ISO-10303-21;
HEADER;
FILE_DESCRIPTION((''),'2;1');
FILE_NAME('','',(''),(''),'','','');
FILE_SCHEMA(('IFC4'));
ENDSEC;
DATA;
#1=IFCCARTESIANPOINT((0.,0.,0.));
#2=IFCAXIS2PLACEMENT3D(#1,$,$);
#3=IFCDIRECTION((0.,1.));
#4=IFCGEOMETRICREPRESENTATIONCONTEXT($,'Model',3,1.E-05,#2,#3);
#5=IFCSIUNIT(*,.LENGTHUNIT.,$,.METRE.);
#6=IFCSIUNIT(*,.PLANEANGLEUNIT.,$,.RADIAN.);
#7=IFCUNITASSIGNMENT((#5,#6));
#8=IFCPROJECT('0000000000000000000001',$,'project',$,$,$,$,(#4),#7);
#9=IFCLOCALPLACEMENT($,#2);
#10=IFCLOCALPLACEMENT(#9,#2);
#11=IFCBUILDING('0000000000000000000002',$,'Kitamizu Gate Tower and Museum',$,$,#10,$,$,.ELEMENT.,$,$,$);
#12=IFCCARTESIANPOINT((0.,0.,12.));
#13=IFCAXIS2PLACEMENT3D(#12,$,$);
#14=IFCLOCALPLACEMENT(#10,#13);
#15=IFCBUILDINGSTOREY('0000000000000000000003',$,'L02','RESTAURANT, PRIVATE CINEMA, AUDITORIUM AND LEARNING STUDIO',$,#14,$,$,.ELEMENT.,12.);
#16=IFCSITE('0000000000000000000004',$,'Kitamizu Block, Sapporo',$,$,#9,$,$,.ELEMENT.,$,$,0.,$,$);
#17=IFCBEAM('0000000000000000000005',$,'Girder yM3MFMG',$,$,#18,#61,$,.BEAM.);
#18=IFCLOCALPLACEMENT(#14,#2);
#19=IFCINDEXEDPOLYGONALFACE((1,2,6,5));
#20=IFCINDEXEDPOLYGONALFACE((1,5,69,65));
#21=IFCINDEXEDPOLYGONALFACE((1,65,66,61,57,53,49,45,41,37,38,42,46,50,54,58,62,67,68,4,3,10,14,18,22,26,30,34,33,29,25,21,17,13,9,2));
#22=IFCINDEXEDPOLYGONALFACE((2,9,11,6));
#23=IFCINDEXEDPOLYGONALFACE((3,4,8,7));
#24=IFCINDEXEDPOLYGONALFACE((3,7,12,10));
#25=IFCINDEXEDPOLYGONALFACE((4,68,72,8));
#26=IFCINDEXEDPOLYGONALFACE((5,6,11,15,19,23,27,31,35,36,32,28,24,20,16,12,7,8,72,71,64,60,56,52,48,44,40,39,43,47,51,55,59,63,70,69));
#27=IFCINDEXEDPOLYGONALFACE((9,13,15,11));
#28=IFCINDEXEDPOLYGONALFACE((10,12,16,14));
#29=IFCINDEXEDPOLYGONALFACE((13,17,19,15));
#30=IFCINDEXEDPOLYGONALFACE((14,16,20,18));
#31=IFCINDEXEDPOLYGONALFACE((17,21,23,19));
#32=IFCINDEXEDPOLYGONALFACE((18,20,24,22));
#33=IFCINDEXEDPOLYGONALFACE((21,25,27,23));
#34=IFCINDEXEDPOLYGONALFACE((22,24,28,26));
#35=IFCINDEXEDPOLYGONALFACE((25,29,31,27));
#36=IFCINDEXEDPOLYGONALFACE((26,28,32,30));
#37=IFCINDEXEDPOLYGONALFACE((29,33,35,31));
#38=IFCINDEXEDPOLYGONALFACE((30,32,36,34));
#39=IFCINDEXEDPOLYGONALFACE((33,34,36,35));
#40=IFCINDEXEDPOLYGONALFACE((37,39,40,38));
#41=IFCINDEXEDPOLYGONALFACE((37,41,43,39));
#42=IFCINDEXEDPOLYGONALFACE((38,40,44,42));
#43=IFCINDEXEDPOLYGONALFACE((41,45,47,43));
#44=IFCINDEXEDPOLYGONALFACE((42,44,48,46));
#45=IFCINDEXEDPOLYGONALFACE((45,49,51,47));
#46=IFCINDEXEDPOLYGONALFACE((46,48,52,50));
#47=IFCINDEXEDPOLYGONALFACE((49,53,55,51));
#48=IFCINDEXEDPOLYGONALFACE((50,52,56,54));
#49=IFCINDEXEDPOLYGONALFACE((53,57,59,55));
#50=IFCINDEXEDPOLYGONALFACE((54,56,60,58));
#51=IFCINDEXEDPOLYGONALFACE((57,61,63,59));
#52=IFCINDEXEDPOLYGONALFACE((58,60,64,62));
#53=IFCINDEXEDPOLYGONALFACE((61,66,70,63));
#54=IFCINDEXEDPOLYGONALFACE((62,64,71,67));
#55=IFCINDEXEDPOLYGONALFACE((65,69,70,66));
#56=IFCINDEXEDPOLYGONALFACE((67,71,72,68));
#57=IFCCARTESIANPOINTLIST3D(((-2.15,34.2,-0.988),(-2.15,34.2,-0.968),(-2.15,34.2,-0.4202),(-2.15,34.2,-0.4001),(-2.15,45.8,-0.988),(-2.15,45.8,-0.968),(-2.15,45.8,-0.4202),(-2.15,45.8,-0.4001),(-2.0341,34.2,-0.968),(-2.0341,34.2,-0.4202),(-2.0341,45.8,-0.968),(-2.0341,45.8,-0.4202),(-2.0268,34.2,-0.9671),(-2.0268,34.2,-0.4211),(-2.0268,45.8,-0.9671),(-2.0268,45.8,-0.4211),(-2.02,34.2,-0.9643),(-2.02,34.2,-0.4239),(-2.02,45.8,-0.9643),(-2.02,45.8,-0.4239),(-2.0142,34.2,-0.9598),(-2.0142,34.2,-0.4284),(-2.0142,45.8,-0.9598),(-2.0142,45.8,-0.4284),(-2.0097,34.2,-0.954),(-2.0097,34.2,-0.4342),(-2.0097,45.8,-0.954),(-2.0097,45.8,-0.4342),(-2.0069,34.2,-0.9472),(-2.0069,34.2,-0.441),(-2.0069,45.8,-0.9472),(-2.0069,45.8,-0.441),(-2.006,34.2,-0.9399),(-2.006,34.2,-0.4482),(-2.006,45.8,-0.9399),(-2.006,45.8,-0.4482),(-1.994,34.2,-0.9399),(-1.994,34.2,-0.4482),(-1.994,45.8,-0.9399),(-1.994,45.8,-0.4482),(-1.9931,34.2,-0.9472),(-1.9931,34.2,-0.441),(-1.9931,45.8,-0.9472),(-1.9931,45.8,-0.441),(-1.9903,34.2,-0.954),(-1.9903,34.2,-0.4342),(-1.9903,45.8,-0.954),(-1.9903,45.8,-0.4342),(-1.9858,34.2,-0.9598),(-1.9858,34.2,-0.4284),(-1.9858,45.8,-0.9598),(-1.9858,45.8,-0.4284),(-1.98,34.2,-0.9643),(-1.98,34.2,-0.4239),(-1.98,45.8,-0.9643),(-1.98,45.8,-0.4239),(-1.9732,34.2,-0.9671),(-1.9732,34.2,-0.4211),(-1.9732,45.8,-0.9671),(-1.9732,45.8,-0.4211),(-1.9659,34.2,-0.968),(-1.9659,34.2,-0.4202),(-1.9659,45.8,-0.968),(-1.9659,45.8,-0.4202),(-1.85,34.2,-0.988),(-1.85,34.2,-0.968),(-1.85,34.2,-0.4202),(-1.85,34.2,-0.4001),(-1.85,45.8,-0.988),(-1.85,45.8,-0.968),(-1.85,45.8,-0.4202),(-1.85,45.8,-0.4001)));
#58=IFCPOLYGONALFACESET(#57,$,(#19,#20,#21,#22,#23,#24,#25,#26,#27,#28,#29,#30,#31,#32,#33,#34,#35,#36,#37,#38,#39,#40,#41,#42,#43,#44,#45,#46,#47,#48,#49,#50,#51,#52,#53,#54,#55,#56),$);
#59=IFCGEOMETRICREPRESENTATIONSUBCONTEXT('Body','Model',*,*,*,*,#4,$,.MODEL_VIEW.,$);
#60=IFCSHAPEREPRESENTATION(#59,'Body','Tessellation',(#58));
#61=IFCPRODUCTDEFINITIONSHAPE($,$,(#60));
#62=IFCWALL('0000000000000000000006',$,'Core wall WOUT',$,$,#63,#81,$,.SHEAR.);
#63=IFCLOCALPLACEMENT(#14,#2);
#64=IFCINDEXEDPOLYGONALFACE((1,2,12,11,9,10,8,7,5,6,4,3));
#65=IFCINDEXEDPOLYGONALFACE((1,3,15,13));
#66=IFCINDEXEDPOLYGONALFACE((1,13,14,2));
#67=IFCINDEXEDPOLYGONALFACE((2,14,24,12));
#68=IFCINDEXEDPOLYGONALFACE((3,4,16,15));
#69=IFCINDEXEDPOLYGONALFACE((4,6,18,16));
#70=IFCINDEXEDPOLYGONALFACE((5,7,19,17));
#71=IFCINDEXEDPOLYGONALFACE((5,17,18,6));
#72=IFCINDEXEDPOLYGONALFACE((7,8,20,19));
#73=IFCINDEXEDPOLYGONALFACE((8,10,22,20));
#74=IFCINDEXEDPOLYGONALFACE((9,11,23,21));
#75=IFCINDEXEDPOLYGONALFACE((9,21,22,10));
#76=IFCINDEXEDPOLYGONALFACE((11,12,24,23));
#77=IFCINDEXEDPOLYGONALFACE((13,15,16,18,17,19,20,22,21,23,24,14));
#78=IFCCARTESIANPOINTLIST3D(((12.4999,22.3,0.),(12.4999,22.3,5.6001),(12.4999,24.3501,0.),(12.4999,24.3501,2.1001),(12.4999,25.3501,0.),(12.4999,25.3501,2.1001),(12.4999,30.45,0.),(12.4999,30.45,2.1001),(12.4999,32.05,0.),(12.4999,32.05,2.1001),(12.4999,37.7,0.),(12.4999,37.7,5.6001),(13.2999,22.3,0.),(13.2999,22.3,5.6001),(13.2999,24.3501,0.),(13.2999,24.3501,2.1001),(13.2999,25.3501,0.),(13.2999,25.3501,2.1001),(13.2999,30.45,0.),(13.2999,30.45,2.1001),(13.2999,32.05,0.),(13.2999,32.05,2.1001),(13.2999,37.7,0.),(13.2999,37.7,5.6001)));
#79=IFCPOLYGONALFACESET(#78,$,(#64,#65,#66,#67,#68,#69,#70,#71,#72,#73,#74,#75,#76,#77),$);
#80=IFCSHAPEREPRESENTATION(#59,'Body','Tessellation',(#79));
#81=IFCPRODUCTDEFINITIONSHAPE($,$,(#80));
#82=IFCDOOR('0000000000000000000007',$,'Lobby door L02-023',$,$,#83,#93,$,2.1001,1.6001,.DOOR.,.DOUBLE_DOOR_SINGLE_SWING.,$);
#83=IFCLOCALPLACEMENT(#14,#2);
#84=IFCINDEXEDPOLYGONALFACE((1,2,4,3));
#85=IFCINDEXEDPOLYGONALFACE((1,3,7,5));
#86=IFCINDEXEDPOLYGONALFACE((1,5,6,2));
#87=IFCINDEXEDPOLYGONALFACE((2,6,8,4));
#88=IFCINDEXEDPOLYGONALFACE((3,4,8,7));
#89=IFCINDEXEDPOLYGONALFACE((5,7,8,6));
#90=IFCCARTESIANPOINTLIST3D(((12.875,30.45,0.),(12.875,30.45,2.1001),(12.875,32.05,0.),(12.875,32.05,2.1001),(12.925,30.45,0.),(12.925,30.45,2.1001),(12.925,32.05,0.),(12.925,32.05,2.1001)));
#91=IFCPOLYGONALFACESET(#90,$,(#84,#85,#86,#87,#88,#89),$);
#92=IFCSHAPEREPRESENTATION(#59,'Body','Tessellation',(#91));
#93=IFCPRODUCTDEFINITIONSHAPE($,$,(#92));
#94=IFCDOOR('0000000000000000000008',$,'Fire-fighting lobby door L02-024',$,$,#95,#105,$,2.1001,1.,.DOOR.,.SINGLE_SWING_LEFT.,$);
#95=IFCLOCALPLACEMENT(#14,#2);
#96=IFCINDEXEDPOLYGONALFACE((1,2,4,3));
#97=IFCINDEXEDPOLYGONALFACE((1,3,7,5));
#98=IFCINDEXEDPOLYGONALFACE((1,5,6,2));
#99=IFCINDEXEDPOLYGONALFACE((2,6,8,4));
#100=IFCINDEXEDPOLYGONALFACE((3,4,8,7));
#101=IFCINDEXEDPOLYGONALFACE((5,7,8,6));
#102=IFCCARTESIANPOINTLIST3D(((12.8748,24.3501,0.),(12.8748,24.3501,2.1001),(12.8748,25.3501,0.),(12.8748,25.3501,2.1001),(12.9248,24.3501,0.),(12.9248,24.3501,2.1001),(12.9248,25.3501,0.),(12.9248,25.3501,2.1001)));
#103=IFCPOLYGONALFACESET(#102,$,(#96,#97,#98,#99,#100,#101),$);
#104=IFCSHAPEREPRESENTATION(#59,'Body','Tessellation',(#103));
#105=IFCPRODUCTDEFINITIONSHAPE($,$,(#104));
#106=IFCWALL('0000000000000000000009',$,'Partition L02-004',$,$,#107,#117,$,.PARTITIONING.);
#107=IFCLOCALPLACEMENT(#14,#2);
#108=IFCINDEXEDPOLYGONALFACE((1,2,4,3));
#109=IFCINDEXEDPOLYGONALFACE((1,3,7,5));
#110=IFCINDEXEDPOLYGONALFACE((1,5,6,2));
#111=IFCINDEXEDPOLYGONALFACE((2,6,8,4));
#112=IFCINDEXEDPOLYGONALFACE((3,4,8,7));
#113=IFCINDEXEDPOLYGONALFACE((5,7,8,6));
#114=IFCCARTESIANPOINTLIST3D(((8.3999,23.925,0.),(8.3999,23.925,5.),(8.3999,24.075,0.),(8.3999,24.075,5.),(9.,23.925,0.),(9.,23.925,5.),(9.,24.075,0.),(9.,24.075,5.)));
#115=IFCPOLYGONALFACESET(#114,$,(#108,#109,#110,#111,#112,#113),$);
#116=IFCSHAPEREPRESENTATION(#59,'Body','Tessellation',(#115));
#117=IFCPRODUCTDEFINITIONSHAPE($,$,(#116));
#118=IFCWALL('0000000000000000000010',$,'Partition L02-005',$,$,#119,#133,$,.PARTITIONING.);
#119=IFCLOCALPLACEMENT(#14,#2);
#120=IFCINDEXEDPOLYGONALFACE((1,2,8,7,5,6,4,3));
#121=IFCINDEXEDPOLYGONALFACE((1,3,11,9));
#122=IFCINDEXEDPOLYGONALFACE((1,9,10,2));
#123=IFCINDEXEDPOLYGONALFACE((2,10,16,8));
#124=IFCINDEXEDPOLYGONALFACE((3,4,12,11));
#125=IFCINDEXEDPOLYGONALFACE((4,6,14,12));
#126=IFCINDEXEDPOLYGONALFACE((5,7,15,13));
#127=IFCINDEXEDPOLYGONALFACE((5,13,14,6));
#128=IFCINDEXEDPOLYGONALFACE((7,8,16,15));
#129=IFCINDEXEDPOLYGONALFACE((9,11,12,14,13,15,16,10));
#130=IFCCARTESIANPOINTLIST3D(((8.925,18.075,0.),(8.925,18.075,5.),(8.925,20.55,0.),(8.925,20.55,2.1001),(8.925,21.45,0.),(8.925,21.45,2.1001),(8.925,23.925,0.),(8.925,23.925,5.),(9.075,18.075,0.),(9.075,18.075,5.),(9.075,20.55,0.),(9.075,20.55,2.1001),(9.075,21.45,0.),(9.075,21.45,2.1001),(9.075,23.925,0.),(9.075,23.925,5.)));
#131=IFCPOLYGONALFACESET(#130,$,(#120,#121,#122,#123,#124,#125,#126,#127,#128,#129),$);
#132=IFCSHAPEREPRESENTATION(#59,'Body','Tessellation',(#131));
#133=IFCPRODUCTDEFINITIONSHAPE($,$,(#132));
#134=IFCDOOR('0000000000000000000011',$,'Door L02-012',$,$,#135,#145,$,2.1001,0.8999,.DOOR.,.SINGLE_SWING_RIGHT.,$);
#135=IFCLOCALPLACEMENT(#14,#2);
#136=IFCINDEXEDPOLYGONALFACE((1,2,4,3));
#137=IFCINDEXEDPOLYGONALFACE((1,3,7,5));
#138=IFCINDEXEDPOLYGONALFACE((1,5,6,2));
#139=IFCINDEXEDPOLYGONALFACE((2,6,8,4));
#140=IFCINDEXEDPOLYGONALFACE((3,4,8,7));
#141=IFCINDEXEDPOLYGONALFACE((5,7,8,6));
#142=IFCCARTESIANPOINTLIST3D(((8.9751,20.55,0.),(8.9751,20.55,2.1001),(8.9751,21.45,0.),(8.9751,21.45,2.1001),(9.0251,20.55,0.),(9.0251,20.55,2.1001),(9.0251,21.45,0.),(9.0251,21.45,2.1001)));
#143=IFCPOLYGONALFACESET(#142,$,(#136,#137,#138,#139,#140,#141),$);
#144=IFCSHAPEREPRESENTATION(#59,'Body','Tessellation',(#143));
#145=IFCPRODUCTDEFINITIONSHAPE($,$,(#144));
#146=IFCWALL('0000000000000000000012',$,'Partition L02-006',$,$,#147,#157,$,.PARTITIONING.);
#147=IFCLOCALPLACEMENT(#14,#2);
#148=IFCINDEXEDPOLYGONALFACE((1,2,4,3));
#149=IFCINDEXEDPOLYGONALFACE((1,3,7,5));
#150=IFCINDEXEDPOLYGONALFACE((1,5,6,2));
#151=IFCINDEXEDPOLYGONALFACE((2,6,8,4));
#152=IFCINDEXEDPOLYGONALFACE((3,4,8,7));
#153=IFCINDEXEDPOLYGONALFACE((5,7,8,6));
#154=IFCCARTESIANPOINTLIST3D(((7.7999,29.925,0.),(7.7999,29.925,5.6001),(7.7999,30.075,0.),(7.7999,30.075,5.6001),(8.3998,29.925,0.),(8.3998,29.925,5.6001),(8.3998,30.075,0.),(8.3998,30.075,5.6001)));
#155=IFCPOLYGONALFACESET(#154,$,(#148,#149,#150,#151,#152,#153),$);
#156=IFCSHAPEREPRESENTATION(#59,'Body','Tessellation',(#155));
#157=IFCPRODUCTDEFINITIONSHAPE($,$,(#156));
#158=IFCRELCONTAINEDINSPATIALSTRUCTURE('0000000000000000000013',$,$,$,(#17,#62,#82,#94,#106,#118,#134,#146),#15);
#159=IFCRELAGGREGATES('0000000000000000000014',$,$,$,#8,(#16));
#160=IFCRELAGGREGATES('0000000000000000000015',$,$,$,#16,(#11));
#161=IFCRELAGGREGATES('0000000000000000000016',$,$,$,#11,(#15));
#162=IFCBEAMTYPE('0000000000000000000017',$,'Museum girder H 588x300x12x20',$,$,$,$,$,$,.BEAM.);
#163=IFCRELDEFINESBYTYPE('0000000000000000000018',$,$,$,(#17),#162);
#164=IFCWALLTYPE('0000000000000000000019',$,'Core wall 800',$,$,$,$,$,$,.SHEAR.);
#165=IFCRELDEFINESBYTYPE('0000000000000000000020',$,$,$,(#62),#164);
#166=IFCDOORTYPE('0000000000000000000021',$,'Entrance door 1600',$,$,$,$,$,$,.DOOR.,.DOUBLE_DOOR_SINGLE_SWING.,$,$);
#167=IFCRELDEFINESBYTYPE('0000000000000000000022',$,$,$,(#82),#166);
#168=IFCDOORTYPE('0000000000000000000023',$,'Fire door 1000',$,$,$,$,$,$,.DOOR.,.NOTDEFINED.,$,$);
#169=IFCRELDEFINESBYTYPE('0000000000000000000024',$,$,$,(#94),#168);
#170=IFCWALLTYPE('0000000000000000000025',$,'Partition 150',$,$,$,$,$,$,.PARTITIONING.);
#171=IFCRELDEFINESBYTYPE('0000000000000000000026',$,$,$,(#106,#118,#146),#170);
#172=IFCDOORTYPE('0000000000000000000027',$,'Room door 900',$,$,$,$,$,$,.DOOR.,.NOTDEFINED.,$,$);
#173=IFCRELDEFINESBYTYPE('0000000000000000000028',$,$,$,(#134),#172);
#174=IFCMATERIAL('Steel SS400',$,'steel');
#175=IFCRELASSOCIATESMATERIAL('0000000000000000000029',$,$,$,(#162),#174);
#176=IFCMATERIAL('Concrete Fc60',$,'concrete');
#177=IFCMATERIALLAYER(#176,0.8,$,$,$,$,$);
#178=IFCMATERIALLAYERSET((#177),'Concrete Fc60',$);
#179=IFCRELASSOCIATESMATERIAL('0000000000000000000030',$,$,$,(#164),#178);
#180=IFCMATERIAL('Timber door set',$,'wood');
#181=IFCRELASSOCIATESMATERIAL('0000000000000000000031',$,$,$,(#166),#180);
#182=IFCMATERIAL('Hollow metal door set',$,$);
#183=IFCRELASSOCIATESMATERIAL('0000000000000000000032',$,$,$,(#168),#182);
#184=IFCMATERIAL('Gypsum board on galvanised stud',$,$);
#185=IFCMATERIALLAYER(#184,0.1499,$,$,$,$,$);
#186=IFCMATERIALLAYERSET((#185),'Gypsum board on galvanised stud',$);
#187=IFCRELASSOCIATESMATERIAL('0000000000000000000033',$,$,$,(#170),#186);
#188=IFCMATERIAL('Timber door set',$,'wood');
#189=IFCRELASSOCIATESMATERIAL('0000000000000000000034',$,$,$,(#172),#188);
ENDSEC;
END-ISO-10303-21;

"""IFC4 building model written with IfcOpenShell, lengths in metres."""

from ifc_helpers import new_model, si_unit, direction, frame, frame_2d, origin, origin_2d, place, context, subcontext, project, spatial, rectangle, i_section, extrude, material, layer, layer_set, material_profile, profile_set, type_object, element, fill, save


model = new_model("IFC4")

# Units and contexts
model_context = context("Model", 3, precision=1e-05, world=origin(), true_north=direction((0.0, 1.0)))
body_context = subcontext(model_context, "Body", "Model", "MODEL_VIEW")
ifc_project = project(units=[si_unit("LENGTHUNIT", "METRE"), si_unit("PLANEANGLEUNIT", "RADIAN")], contexts=[model_context])

# Site, building, storey
site_placement = place(None, origin())
site = spatial("IfcSite", under=ifc_project, at=site_placement, Name="Kitamizu Block, Sapporo", CompositionType="ELEMENT", RefElevation=0.0)
building_placement = place(site_placement, origin())
building = spatial("IfcBuilding", under=site, at=building_placement, Name="Kitamizu Gate Tower and Museum", CompositionType="ELEMENT")
storey_placement = place(building_placement, frame((0.0, 0.0, 12.0)))
storey = spatial("IfcBuildingStorey", under=building, at=storey_placement, Name="L02", Description="RESTAURANT, PRIVATE CINEMA, AUDITORIUM AND LEARNING STUDIO", CompositionType="ELEMENT", Elevation=12.0)

# Beam
ifc_material_1 = material(Name="Steel SS400", Category="steel")
ifc_material_profile_1 = material_profile(ifc_material_1, i_section(OverallWidth=0.3, OverallDepth=0.5879, WebThickness=0.012, FlangeThickness=0.02, FilletRadius=0.0281, at=origin_2d()), Name="H-588x300x12x20")
ifc_profile_set_1 = profile_set([ifc_material_profile_1], Name="Steel SS400")
beam_type_1 = type_object("IfcBeamType", Name="Museum girder H 588x300x12x20", PredefinedType="BEAM", material=ifc_profile_set_1)
beam_1_placement = place(storey_placement, frame((-2.0, 34.2, -0.6941), z_axis=(0.0, 1.0, 0.0), x_axis=(-1.0, 0.0, 0.0)))
element("IfcBeam", 1, at=beam_1_placement, inside=storey, type_object=beam_type_1, Name="Girder yM3MFMG", PredefinedType="BEAM", context=body_context, shape_type="SweptSolid", body=[
    extrude(i_section(OverallWidth=0.3, OverallDepth=0.5879, WebThickness=0.012, FlangeThickness=0.02, FilletRadius=0.0281, at=origin_2d()), origin(), (0.0, 0.0, 1.0), 11.6001),
])

# Wall, openings, doors
ifc_material_2 = material(Name="Concrete Fc60", Category="concrete")
ifc_layer_1 = layer(ifc_material_2, 0.8)
ifc_layer_set_1 = layer_set([ifc_layer_1], Name="Concrete Fc60")
wall_type_1 = type_object("IfcWallType", Name="Core wall 800", PredefinedType="SHEAR", material=ifc_layer_set_1)
wall_1_placement = place(storey_placement, frame((12.8999, 22.3, 0.0), z_axis=(0.0, 0.0, 1.0), x_axis=(0.0, 1.0, 0.0)))
wall_1 = element("IfcWall", 2, at=wall_1_placement, inside=storey, type_object=wall_type_1, Name="Core wall WOUT", PredefinedType="SHEAR", context=body_context, shape_type="SweptSolid", body=[
    extrude(rectangle(XDim=15.3999, YDim=0.8, at=frame_2d((7.7, 0.0))), origin(), (0.0, 0.0, 1.0), 5.6001),
])
opening_1_placement = place(wall_1_placement, frame((8.1499, 0.0, 0.0)))
opening_1 = element("IfcOpeningElement", 3, at=opening_1_placement, cuts=wall_1, PredefinedType="OPENING", context=body_context, shape_type="SweptSolid", body=[
    extrude(rectangle(XDim=1.6001, YDim=2.1001, at=frame_2d((0.8, 1.05))), frame((0.0, 0.4102, 0.0), z_axis=(0.0, -1.0, 0.0), x_axis=(1.0, 0.0, 0.0)), (0.0, 0.0, 1.0), 0.8201),
])
opening_2_placement = place(wall_1_placement, frame((2.05, 0.0, 0.0)))
opening_2 = element("IfcOpeningElement", 4, at=opening_2_placement, cuts=wall_1, PredefinedType="OPENING", context=body_context, shape_type="SweptSolid", body=[
    extrude(rectangle(XDim=1.0, YDim=2.1001, at=frame_2d((0.5, 1.05))), frame((0.0, 0.4102, 0.0), z_axis=(0.0, -1.0, 0.0), x_axis=(1.0, 0.0, 0.0)), (0.0, 0.0, 1.0), 0.8201),
])
ifc_material_3 = material(Name="Timber door set", Category="wood")
door_type_1 = type_object("IfcDoorType", Name="Entrance door 1600", OperationType="DOUBLE_DOOR_SINGLE_SWING", PredefinedType="DOOR", material=ifc_material_3)
door_1_placement = place(opening_1_placement, origin())
door_1 = element("IfcDoor", 5, at=door_1_placement, inside=storey, type_object=door_type_1, Name="Lobby door L02-023", OperationType="DOUBLE_DOOR_SINGLE_SWING", OverallHeight=2.1001, OverallWidth=1.6001, PredefinedType="DOOR", context=body_context, shape_type="SweptSolid", body=[
    extrude(rectangle(XDim=1.6001, YDim=2.1001, at=frame_2d((0.8, 1.05))), frame((0.0, 0.0249, 0.0), z_axis=(0.0, -1.0, 0.0), x_axis=(1.0, 0.0, 0.0)), (0.0, 0.0, 1.0), 0.05),
])
fill(opening_1, door_1)
ifc_material_4 = material(Name="Hollow metal door set")
door_type_2 = type_object("IfcDoorType", Name="Fire door 1000", OperationType="NOTDEFINED", PredefinedType="DOOR", material=ifc_material_4)
door_2_placement = place(opening_2_placement, frame((1.0, 0.0, 0.0), x_axis=(-1.0, 0.0, 0.0)))
door_2 = element("IfcDoor", 6, at=door_2_placement, inside=storey, type_object=door_type_2, Name="Fire-fighting lobby door L02-024", OperationType="SINGLE_SWING_LEFT", OverallHeight=2.1001, OverallWidth=1.0, PredefinedType="DOOR", context=body_context, shape_type="SweptSolid", body=[
    extrude(rectangle(XDim=1.0, YDim=2.1001, at=frame_2d((0.5, 1.05))), frame((0.0, 0.0249, 0.0), z_axis=(0.0, -1.0, 0.0), x_axis=(1.0, 0.0, 0.0)), (0.0, 0.0, 1.0), 0.05),
])
fill(opening_2, door_2)

# Wall
ifc_material_5 = material(Name="Gypsum board on galvanised stud")
ifc_layer_2 = layer(ifc_material_5, 0.1499)
ifc_layer_set_2 = layer_set([ifc_layer_2], Name="Gypsum board on galvanised stud")
wall_type_2 = type_object("IfcWallType", Name="Partition 150", PredefinedType="PARTITIONING", material=ifc_layer_set_2)
wall_2_placement = place(storey_placement, frame((8.3999, 24.0, 0.0), z_axis=(0.0, 0.0, 1.0), x_axis=(1.0, 0.0, 0.0)))
element("IfcWall", 7, at=wall_2_placement, inside=storey, type_object=wall_type_2, Name="Partition L02-004", PredefinedType="PARTITIONING", context=body_context, shape_type="SweptSolid", body=[
    extrude(rectangle(XDim=0.6001, YDim=0.1499, at=frame_2d((0.3, 0.0))), origin(), (0.0, 0.0, 1.0), 5.0),
])

# Wall, opening, door
wall_3_placement = place(storey_placement, frame((9.0, 23.925, 0.0), z_axis=(0.0, 0.0, 1.0), x_axis=(0.0, -1.0, 0.0)))
wall_3 = element("IfcWall", 8, at=wall_3_placement, inside=storey, type_object=wall_type_2, Name="Partition L02-005", PredefinedType="PARTITIONING", context=body_context, shape_type="SweptSolid", body=[
    extrude(rectangle(XDim=5.8501, YDim=0.1499, at=frame_2d((2.925, 0.0))), origin(), (0.0, 0.0, 1.0), 5.0),
])
opening_3_placement = place(wall_3_placement, frame((2.4751, 0.0, 0.0)))
opening_3 = element("IfcOpeningElement", 9, at=opening_3_placement, cuts=wall_3, PredefinedType="OPENING", context=body_context, shape_type="SweptSolid", body=[
    extrude(rectangle(XDim=0.8999, YDim=2.1001, at=frame_2d((0.45, 1.05))), frame((0.0, 0.085, 0.0), z_axis=(0.0, -1.0, 0.0), x_axis=(1.0, 0.0, 0.0)), (0.0, 0.0, 1.0), 0.1699),
])
ifc_material_6 = material(Name="Timber door set", Category="wood")
door_type_3 = type_object("IfcDoorType", Name="Room door 900", OperationType="NOTDEFINED", PredefinedType="DOOR", material=ifc_material_6)
door_3_placement = place(opening_3_placement, frame((0.8999, 0.0, 0.0), x_axis=(-1.0, 0.0, 0.0)))
door_3 = element("IfcDoor", 10, at=door_3_placement, inside=storey, type_object=door_type_3, Name="Door L02-012", OperationType="SINGLE_SWING_RIGHT", OverallHeight=2.1001, OverallWidth=0.8999, PredefinedType="DOOR", context=body_context, shape_type="SweptSolid", body=[
    extrude(rectangle(XDim=0.8999, YDim=2.1001, at=frame_2d((0.45, 1.05))), frame((0.0, 0.0249, 0.0), z_axis=(0.0, -1.0, 0.0), x_axis=(1.0, 0.0, 0.0)), (0.0, 0.0, 1.0), 0.05),
])
fill(opening_3, door_3)

# Wall
wall_4_placement = place(storey_placement, frame((7.8, 30.0, 0.0), z_axis=(0.0, 0.0, 1.0), x_axis=(1.0, 0.0, 0.0)))
element("IfcWall", 11, at=wall_4_placement, inside=storey, type_object=wall_type_2, Name="Partition L02-006", PredefinedType="PARTITIONING", context=body_context, shape_type="SweptSolid", body=[
    extrude(rectangle(XDim=0.5999, YDim=0.1499, at=frame_2d((0.2998, 0.0))), origin(), (0.0, 0.0, 1.0), 5.6001),
])

save(model, "model.ifc")
